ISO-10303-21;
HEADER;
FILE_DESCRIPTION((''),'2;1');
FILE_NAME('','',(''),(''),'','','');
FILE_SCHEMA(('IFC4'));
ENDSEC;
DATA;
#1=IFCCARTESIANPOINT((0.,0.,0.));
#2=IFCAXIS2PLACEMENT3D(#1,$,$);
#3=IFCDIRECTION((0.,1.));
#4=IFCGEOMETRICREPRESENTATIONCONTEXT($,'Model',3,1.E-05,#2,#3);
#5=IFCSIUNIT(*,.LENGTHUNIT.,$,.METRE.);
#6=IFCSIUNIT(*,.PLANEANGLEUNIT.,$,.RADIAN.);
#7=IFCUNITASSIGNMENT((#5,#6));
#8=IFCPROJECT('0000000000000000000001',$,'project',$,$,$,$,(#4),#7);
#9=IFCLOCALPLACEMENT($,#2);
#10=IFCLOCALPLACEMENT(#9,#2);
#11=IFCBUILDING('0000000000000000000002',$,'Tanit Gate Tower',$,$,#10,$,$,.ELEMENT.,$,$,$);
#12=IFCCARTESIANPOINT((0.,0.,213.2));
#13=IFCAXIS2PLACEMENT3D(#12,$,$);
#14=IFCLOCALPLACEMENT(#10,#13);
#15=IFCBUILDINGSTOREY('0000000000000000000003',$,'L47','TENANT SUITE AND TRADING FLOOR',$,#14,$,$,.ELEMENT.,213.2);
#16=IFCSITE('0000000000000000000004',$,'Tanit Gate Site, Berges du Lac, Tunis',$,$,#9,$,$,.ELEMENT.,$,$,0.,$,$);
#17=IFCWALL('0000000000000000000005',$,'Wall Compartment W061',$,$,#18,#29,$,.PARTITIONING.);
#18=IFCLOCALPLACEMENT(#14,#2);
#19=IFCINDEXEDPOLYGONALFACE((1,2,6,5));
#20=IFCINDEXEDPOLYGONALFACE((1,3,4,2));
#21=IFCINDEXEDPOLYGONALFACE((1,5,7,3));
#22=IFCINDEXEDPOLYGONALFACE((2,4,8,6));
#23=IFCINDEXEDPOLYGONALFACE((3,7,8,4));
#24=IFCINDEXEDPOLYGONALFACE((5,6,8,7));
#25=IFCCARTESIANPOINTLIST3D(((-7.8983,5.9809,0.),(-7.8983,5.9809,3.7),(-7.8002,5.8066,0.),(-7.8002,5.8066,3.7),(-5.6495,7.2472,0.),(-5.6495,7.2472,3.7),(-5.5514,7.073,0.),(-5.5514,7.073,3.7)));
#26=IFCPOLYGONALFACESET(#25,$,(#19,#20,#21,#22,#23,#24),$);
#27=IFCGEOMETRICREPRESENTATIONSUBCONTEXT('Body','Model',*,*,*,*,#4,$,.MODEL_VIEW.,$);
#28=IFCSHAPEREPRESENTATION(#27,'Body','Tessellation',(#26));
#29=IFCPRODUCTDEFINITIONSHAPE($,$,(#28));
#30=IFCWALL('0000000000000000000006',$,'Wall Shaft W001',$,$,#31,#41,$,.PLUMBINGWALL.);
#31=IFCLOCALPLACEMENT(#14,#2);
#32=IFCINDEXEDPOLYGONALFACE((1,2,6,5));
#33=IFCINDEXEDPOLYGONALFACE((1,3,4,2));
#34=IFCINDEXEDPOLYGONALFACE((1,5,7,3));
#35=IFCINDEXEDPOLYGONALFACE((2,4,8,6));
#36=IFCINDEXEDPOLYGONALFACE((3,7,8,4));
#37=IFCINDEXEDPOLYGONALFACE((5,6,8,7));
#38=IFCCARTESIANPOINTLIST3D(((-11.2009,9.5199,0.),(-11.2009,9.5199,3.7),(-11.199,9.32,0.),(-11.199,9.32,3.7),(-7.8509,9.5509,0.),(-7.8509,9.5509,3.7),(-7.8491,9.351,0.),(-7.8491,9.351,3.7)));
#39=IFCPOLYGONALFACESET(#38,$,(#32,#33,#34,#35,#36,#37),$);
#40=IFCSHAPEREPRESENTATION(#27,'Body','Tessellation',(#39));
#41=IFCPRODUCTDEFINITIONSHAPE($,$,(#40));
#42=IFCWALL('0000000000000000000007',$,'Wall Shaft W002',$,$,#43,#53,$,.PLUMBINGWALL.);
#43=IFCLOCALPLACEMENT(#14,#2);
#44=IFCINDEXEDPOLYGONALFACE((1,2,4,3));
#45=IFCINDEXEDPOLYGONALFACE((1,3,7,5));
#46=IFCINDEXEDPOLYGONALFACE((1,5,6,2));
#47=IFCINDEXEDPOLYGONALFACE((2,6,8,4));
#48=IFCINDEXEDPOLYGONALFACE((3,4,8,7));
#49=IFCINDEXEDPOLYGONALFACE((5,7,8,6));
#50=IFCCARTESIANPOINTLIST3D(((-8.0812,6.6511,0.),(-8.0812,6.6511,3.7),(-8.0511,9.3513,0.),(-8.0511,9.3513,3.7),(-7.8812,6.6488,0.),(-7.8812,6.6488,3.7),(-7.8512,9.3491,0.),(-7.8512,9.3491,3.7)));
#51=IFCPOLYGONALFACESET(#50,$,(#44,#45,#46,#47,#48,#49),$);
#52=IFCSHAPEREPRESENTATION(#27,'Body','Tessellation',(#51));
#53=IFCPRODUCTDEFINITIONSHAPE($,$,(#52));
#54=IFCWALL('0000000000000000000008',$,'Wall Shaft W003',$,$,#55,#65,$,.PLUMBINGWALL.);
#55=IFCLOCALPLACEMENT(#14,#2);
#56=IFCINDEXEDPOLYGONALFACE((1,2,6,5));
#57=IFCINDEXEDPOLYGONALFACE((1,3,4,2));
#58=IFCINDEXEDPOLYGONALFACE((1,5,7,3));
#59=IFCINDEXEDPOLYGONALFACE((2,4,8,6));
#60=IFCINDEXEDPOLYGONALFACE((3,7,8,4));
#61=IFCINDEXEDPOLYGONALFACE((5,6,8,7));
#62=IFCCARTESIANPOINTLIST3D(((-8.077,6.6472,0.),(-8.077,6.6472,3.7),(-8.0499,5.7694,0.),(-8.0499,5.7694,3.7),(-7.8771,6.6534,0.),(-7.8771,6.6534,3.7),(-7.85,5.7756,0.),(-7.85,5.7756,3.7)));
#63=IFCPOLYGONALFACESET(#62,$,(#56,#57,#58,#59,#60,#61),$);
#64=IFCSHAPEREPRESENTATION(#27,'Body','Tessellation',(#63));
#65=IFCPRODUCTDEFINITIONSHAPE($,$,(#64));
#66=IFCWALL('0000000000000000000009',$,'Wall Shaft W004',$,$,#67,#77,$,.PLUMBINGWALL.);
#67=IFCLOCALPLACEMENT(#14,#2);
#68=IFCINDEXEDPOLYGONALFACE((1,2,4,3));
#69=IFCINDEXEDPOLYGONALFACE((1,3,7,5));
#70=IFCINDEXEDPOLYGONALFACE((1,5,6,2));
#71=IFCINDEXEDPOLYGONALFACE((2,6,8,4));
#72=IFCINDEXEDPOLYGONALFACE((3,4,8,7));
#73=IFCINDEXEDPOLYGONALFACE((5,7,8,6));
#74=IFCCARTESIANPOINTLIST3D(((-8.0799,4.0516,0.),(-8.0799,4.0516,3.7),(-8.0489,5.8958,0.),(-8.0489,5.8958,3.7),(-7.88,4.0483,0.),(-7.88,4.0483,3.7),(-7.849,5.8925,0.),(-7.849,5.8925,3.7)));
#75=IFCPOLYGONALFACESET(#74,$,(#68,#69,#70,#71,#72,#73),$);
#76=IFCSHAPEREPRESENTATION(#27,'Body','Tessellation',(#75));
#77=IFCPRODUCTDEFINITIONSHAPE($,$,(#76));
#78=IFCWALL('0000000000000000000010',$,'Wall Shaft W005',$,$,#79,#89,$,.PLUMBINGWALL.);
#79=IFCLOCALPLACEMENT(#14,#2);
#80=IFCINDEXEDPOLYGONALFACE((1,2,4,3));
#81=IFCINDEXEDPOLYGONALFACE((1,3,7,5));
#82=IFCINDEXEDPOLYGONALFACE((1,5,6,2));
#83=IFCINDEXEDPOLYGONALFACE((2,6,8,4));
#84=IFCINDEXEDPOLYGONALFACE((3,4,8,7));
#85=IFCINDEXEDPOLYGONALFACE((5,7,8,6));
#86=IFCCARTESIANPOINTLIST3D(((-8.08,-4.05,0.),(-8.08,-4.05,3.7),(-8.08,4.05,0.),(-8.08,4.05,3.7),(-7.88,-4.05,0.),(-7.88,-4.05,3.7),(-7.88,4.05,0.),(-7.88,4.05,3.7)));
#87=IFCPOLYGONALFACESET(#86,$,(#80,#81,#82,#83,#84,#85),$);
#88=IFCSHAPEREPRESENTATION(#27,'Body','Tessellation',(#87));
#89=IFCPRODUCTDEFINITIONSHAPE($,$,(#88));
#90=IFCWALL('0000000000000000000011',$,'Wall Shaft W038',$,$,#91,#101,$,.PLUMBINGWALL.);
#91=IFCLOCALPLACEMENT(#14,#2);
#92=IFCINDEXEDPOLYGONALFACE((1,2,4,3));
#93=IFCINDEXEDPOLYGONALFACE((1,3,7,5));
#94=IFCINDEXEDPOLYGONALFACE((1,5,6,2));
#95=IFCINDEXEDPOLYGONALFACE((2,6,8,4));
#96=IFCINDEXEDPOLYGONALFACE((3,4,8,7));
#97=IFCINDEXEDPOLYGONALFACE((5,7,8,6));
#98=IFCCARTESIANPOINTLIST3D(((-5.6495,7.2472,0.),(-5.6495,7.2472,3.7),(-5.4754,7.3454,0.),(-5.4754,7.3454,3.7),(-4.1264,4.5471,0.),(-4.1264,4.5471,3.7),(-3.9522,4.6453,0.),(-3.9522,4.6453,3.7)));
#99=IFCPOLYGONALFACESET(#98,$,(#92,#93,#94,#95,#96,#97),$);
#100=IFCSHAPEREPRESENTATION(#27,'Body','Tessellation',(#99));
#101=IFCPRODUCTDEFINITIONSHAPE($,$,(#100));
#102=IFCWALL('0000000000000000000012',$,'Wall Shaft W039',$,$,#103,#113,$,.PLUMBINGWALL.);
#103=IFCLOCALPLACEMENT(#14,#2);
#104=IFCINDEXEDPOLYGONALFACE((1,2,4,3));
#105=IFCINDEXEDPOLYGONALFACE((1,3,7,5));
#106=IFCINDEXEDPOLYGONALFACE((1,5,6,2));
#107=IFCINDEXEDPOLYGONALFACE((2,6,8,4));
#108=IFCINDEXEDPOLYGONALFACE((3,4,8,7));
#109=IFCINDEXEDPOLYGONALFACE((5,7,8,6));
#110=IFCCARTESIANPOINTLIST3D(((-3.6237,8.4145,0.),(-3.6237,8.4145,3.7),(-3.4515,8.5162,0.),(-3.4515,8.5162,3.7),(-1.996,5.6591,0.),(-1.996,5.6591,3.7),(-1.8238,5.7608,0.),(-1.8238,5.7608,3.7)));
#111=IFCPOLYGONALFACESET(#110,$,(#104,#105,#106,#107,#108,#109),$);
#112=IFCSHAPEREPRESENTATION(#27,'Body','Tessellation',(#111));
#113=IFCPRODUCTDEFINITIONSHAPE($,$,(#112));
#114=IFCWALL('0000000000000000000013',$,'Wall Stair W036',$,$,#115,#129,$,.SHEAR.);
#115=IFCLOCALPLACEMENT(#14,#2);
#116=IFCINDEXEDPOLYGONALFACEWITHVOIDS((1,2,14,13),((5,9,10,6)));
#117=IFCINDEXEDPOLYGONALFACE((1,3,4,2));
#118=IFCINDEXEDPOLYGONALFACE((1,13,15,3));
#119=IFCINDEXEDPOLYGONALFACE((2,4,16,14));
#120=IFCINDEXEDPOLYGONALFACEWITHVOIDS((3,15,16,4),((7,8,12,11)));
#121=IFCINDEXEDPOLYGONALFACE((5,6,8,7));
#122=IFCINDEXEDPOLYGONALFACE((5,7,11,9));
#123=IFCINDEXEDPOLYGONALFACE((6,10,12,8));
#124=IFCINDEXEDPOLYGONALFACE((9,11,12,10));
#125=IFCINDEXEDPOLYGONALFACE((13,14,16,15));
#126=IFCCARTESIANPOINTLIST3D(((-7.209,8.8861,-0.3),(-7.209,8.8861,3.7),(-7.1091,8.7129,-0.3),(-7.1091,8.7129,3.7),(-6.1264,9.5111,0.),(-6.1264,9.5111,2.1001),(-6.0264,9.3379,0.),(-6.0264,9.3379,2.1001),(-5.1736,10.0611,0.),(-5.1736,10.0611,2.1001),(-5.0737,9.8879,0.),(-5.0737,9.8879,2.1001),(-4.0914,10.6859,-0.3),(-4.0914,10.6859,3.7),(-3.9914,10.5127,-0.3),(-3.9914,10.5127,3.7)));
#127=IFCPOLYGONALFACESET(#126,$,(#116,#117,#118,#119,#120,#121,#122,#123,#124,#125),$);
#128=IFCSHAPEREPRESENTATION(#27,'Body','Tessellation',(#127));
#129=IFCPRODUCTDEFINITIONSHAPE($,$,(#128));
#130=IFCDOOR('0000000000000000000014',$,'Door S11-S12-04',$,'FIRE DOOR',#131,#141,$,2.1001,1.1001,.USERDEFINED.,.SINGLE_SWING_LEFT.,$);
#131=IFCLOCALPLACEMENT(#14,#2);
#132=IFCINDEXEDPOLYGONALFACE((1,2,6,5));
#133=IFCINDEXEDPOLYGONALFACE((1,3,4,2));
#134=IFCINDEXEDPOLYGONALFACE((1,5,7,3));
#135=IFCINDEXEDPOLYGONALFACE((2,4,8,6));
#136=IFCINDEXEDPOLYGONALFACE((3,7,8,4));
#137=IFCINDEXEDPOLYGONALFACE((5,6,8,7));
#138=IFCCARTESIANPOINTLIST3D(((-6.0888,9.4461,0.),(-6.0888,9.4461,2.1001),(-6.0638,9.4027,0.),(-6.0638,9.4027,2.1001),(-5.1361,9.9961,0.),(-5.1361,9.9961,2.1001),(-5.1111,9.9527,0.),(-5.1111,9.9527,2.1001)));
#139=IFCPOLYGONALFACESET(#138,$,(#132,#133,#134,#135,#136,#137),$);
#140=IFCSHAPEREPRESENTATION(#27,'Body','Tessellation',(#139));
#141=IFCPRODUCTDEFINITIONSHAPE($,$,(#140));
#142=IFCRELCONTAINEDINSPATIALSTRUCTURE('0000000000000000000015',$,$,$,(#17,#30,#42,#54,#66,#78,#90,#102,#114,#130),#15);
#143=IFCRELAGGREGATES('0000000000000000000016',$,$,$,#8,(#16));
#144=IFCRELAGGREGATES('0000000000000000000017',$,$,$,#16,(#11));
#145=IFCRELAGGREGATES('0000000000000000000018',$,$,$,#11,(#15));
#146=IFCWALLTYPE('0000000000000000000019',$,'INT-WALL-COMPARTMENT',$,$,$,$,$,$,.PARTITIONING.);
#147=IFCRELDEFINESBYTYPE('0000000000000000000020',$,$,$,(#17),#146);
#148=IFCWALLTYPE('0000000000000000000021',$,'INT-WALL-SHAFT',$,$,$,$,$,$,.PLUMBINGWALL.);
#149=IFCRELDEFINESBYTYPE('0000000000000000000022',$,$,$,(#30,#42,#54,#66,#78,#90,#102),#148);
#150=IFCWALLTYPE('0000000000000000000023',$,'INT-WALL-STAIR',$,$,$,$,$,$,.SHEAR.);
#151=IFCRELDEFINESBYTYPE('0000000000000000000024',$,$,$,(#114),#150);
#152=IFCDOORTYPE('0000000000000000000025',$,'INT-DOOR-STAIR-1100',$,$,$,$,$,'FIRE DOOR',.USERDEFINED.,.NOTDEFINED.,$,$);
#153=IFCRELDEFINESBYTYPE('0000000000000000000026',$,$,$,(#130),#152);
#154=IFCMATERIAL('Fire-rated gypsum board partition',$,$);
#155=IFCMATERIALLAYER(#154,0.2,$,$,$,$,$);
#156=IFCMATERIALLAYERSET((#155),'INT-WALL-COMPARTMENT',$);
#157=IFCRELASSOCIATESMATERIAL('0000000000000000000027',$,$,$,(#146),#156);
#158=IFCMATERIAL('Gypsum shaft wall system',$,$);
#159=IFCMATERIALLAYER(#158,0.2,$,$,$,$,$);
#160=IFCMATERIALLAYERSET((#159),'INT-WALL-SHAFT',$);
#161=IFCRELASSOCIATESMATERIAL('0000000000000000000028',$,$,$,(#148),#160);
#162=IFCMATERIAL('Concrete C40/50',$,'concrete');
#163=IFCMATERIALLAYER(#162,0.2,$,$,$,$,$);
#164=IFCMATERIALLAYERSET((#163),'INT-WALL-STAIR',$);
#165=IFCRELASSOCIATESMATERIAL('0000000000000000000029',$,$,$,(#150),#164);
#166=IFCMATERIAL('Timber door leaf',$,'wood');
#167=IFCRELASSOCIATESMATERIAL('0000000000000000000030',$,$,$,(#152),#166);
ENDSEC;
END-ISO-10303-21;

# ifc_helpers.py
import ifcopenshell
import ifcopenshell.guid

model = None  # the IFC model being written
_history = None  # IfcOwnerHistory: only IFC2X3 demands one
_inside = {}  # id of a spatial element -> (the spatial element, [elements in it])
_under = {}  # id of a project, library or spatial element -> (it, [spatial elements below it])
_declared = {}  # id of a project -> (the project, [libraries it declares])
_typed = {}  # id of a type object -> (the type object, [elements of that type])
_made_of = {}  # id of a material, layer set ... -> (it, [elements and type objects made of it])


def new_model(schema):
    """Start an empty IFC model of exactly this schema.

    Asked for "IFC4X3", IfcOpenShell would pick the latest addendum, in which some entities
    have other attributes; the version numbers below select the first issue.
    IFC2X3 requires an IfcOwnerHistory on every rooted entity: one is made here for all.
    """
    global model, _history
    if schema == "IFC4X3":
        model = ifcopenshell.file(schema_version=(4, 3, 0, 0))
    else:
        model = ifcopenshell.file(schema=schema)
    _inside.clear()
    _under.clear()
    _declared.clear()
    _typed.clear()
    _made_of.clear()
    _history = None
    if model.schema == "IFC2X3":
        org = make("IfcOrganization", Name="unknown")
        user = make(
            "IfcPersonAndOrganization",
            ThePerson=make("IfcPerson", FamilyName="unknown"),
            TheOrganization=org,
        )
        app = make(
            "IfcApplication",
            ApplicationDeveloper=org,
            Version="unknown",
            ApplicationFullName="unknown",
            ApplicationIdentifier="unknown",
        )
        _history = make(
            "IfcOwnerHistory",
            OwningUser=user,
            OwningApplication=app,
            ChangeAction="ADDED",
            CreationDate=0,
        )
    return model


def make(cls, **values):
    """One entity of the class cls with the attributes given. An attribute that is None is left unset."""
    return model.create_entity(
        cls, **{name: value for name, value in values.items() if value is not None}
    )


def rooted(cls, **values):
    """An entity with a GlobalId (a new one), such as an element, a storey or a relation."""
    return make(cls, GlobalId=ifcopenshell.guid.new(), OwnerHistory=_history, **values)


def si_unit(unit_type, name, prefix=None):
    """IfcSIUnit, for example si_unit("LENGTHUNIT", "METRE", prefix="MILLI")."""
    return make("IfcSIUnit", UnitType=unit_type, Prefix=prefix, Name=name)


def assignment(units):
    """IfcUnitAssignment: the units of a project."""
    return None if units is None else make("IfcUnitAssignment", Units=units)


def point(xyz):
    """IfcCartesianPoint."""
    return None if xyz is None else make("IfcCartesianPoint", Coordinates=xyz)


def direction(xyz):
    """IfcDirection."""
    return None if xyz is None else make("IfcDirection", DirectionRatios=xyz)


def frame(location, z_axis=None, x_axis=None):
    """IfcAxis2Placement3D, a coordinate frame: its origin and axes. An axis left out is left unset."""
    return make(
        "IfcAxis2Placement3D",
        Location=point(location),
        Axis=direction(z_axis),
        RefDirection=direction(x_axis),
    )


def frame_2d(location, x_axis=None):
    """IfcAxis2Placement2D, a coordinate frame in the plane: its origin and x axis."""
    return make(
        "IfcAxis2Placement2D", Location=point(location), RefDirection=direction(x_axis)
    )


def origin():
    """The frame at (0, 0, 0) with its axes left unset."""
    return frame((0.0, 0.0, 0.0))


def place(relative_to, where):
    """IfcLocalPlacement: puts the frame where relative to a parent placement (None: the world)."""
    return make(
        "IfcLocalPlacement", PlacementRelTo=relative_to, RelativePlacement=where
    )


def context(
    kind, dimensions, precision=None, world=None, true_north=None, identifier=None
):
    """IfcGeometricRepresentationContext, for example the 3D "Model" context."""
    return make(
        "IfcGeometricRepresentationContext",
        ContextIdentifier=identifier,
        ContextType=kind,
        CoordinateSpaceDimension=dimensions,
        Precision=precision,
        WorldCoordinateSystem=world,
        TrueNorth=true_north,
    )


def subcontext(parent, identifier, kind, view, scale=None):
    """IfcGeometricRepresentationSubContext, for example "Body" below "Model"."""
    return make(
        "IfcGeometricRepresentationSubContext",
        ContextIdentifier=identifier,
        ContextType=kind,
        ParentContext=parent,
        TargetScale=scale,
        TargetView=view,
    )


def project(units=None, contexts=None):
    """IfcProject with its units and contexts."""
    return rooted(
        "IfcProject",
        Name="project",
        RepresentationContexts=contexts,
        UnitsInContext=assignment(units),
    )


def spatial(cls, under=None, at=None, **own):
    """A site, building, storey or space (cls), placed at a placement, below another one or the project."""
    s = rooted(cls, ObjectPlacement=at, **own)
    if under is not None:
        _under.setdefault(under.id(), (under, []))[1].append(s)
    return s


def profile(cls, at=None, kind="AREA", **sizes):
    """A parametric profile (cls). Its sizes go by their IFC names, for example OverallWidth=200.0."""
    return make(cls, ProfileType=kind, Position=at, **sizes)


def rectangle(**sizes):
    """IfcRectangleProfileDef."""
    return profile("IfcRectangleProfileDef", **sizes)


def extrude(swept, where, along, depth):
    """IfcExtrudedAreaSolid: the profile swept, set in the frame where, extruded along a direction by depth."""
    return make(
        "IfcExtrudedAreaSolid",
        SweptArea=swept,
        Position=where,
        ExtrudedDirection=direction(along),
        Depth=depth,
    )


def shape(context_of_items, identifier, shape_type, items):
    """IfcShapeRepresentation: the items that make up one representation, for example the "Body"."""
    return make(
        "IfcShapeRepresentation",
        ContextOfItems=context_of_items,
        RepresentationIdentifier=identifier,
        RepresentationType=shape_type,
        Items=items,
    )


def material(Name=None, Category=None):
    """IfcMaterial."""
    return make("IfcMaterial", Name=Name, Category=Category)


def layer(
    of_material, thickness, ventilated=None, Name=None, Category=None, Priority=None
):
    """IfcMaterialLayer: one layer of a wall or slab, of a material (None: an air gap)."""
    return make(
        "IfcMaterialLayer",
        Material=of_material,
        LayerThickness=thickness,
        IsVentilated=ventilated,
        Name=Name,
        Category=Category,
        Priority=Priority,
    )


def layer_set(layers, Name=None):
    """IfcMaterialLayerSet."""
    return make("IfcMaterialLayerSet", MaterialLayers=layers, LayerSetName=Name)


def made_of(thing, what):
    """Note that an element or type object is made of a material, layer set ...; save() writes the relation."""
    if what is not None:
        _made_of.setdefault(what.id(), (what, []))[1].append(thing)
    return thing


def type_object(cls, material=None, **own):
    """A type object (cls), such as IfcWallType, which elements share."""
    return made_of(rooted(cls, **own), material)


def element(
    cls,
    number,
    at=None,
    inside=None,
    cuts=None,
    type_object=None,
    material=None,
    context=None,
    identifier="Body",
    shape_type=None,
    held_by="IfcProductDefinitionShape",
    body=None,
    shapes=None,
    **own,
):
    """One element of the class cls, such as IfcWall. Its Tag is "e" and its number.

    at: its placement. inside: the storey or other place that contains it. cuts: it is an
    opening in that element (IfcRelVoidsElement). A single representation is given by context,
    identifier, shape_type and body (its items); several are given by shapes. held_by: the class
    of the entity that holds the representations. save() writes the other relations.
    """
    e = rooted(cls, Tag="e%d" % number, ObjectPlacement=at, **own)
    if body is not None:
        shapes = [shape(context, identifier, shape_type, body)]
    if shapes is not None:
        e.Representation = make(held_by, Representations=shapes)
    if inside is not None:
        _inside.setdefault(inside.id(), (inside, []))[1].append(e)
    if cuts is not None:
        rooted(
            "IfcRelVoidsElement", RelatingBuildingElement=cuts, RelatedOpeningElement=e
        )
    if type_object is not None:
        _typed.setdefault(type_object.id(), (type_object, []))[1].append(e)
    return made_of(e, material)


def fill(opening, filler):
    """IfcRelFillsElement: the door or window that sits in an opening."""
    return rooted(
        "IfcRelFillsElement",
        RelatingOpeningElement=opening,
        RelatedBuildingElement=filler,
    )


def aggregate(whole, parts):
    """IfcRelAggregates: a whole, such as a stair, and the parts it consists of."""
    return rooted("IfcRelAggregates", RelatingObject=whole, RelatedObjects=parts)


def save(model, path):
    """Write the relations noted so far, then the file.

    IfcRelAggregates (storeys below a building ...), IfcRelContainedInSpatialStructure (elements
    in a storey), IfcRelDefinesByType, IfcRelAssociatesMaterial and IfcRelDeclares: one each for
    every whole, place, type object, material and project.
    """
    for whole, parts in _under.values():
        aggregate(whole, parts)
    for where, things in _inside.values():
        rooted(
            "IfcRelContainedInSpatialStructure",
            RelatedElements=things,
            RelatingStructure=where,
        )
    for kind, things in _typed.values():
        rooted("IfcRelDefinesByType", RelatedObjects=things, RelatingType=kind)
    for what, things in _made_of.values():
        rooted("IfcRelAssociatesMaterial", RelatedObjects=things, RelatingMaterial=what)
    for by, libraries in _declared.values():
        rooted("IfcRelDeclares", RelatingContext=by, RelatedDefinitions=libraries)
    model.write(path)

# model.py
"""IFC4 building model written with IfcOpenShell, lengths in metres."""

from ifc_helpers import new_model, si_unit, direction, frame, frame_2d, origin, place, context, subcontext, project, spatial, rectangle, extrude, material, layer, layer_set, type_object, element, fill, save


model = new_model("IFC4")

# Units and contexts
model_context = context("Model", 3, precision=1e-05, world=origin(), true_north=direction((0.0, 1.0)))
body_context = subcontext(model_context, "Body", "Model", "MODEL_VIEW")
ifc_project = project(units=[si_unit("LENGTHUNIT", "METRE"), si_unit("PLANEANGLEUNIT", "RADIAN")], contexts=[model_context])

# Site, building, storey
site_placement = place(None, origin())
site = spatial("IfcSite", under=ifc_project, at=site_placement, Name="Tanit Gate Site, Berges du Lac, Tunis", CompositionType="ELEMENT", RefElevation=0.0)
building_placement = place(site_placement, origin())
building = spatial("IfcBuilding", under=site, at=building_placement, Name="Tanit Gate Tower", CompositionType="ELEMENT")
storey_placement = place(building_placement, frame((0.0, 0.0, 213.2)))
storey = spatial("IfcBuildingStorey", under=building, at=storey_placement, Name="L47", Description="TENANT SUITE AND TRADING FLOOR", CompositionType="ELEMENT", Elevation=213.2)

# Walls
ifc_material_1 = material(Name="Fire-rated gypsum board partition")
ifc_layer_1 = layer(ifc_material_1, 0.2)
ifc_layer_set_1 = layer_set([ifc_layer_1], Name="INT-WALL-COMPARTMENT")
wall_type_1 = type_object("IfcWallType", Name="INT-WALL-COMPARTMENT", PredefinedType="PARTITIONING", material=ifc_layer_set_1)
wall_1_placement = place(storey_placement, frame((-5.6003, 7.1602, 0.0), z_axis=(0.0, 0.0, 1.0), x_axis=(-0.87134, -0.490679, 0.0)))
element("IfcWall", 1, at=wall_1_placement, inside=storey, type_object=wall_type_1, Name="Wall Compartment W061", PredefinedType="PARTITIONING", context=body_context, shape_type="SweptSolid", body=[
    extrude(rectangle(XDim=2.5808, YDim=0.2, at=frame_2d((1.2905, 0.0))), origin(), (0.0, 0.0, 1.0), 3.7),
])
ifc_material_2 = material(Name="Gypsum shaft wall system")
ifc_layer_2 = layer(ifc_material_2, 0.2)
ifc_layer_set_2 = layer_set([ifc_layer_2], Name="INT-WALL-SHAFT")
wall_type_2 = type_object("IfcWallType", Name="INT-WALL-SHAFT", PredefinedType="PLUMBINGWALL", material=ifc_layer_set_2)
wall_2_placement = place(storey_placement, frame((-11.2, 9.4199, 0.0), z_axis=(0.0, 0.0, 1.0), x_axis=(0.999957, 0.009255, 0.0)))
element("IfcWall", 2, at=wall_2_placement, inside=storey, type_object=wall_type_2, Name="Wall Shaft W001", PredefinedType="PLUMBINGWALL", context=body_context, shape_type="SweptSolid", body=[
    extrude(rectangle(XDim=3.3501, YDim=0.2, at=frame_2d((1.675, 0.0))), origin(), (0.0, 0.0, 1.0), 3.7),
])
wall_3_placement = place(storey_placement, frame((-7.9512, 9.3501, 0.0), z_axis=(0.0, 0.0, 1.0), x_axis=(-0.01112, -0.999938, 0.0)))
element("IfcWall", 3, at=wall_3_placement, inside=storey, type_object=wall_type_2, Name="Wall Shaft W002", PredefinedType="PLUMBINGWALL", context=body_context, shape_type="SweptSolid", body=[
    extrude(rectangle(XDim=2.7004, YDim=0.2, at=frame_2d((1.3501, 0.0))), origin(), (0.0, 0.0, 1.0), 3.7),
])
wall_4_placement = place(storey_placement, frame((-7.9771, 6.6501, 0.0), z_axis=(0.0, 0.0, 1.0), x_axis=(0.030862, -0.999524, 0.0)))
element("IfcWall", 4, at=wall_4_placement, inside=storey, type_object=wall_type_2, Name="Wall Shaft W003", PredefinedType="PLUMBINGWALL", context=body_context, shape_type="SweptSolid", body=[
    extrude(rectangle(XDim=0.8782, YDim=0.2, at=frame_2d((0.439, 0.0))), origin(), (0.0, 0.0, 1.0), 3.7),
])
wall_5_placement = place(storey_placement, frame((-7.949, 5.8943, 0.0), z_axis=(0.0, 0.0, 1.0), x_axis=(-0.01681, -0.999859, 0.0)))
element("IfcWall", 5, at=wall_5_placement, inside=storey, type_object=wall_type_2, Name="Wall Shaft W004", PredefinedType="PLUMBINGWALL", context=body_context, shape_type="SweptSolid", body=[
    extrude(rectangle(XDim=1.8445, YDim=0.2, at=frame_2d((0.9224, 0.0))), origin(), (0.0, 0.0, 1.0), 3.7),
])
wall_6_placement = place(storey_placement, frame((-7.98, 4.05, 0.0), z_axis=(0.0, 0.0, 1.0), x_axis=(0.0, -1.0, 0.0)))
element("IfcWall", 6, at=wall_6_placement, inside=storey, type_object=wall_type_2, Name="Wall Shaft W005", PredefinedType="PLUMBINGWALL", context=body_context, shape_type="SweptSolid", body=[
    extrude(rectangle(XDim=8.1001, YDim=0.2, at=frame_2d((4.05, 0.0))), origin(), (0.0, 0.0, 1.0), 3.7),
])

# Walls
wall_7_placement = place(storey_placement, frame((-4.0393, 4.5962, 0.0), z_axis=(0.0, 0.0, 1.0), x_axis=(-0.491323, 0.870978, 0.0)))
element("IfcWall", 7, at=wall_7_placement, inside=storey, type_object=wall_type_2, Name="Wall Shaft W038", PredefinedType="PLUMBINGWALL", context=body_context, shape_type="SweptSolid", body=[
    extrude(rectangle(XDim=3.1001, YDim=0.2, at=frame_2d((1.55, 0.0))), origin(), (0.0, 0.0, 1.0), 3.7),
])
wall_8_placement = place(storey_placement, frame((-3.5376, 8.4653, 0.0), z_axis=(0.0, 0.0, 1.0), x_axis=(0.508616, -0.860993, 0.0)))
element("IfcWall", 8, at=wall_8_placement, inside=storey, type_object=wall_type_2, Name="Wall Shaft W039", PredefinedType="PLUMBINGWALL", context=body_context, shape_type="SweptSolid", body=[
    extrude(rectangle(XDim=3.2002, YDim=0.2, at=frame_2d((1.6001, 0.0))), origin(), (0.0, 0.0, 1.0), 3.7),
])

# Wall, opening, door
ifc_material_3 = material(Name="Concrete C40/50", Category="concrete")
ifc_layer_3 = layer(ifc_material_3, 0.2)
ifc_layer_set_3 = layer_set([ifc_layer_3], Name="INT-WALL-STAIR")
wall_type_3 = type_object("IfcWallType", Name="INT-WALL-STAIR", PredefinedType="SHEAR", material=ifc_layer_set_3)
wall_9_placement = place(storey_placement, frame((-7.1589, 8.7996, -0.3), z_axis=(0.0, 0.0, 1.0), x_axis=(0.866048, 0.499961, 0.0)))
wall_9 = element("IfcWall", 9, at=wall_9_placement, inside=storey, type_object=wall_type_3, Name="Wall Stair W036", PredefinedType="SHEAR", context=body_context, shape_type="SweptSolid", body=[
    extrude(rectangle(XDim=3.5999, YDim=0.2, at=frame_2d((1.7998, 0.0))), origin(), (0.0, 0.0, 1.0), 4.0),
])
opening_1_placement = place(wall_9_placement, frame((1.25, 0.0, 0.3)))
opening_1 = element("IfcOpeningElement", 10, at=opening_1_placement, cuts=wall_9, PredefinedType="OPENING", context=body_context, shape_type="SweptSolid", body=[
    extrude(rectangle(XDim=1.1001, YDim=2.1001, at=frame_2d((0.55, 1.05))), frame((0.0, 0.1099, 0.0), z_axis=(0.0, -1.0, 0.0), x_axis=(1.0, 0.0, 0.0)), (0.0, 0.0, 1.0), 0.22),
])
ifc_material_4 = material(Name="Timber door leaf", Category="wood")
door_type_1 = type_object("IfcDoorType", Name="INT-DOOR-STAIR-1100", ElementType="FIRE DOOR", OperationType="NOTDEFINED", PredefinedType="USERDEFINED", material=ifc_material_4)
door_1_placement = place(opening_1_placement, origin())
door_1 = element("IfcDoor", 11, at=door_1_placement, inside=storey, type_object=door_type_1, Name="Door S11-S12-04", ObjectType="FIRE DOOR", OperationType="SINGLE_SWING_LEFT", OverallHeight=2.1001, OverallWidth=1.1001, PredefinedType="USERDEFINED", context=body_context, shape_type="SweptSolid", body=[
    extrude(rectangle(XDim=1.1001, YDim=2.1001, at=frame_2d((0.55, 1.05))), frame((0.0, 0.0249, 0.0), z_axis=(0.0, -1.0, 0.0), x_axis=(1.0, 0.0, 0.0)), (0.0, 0.0, 1.0), 0.05),
])
fill(opening_1, door_1)

save(model, "model.ifc")
